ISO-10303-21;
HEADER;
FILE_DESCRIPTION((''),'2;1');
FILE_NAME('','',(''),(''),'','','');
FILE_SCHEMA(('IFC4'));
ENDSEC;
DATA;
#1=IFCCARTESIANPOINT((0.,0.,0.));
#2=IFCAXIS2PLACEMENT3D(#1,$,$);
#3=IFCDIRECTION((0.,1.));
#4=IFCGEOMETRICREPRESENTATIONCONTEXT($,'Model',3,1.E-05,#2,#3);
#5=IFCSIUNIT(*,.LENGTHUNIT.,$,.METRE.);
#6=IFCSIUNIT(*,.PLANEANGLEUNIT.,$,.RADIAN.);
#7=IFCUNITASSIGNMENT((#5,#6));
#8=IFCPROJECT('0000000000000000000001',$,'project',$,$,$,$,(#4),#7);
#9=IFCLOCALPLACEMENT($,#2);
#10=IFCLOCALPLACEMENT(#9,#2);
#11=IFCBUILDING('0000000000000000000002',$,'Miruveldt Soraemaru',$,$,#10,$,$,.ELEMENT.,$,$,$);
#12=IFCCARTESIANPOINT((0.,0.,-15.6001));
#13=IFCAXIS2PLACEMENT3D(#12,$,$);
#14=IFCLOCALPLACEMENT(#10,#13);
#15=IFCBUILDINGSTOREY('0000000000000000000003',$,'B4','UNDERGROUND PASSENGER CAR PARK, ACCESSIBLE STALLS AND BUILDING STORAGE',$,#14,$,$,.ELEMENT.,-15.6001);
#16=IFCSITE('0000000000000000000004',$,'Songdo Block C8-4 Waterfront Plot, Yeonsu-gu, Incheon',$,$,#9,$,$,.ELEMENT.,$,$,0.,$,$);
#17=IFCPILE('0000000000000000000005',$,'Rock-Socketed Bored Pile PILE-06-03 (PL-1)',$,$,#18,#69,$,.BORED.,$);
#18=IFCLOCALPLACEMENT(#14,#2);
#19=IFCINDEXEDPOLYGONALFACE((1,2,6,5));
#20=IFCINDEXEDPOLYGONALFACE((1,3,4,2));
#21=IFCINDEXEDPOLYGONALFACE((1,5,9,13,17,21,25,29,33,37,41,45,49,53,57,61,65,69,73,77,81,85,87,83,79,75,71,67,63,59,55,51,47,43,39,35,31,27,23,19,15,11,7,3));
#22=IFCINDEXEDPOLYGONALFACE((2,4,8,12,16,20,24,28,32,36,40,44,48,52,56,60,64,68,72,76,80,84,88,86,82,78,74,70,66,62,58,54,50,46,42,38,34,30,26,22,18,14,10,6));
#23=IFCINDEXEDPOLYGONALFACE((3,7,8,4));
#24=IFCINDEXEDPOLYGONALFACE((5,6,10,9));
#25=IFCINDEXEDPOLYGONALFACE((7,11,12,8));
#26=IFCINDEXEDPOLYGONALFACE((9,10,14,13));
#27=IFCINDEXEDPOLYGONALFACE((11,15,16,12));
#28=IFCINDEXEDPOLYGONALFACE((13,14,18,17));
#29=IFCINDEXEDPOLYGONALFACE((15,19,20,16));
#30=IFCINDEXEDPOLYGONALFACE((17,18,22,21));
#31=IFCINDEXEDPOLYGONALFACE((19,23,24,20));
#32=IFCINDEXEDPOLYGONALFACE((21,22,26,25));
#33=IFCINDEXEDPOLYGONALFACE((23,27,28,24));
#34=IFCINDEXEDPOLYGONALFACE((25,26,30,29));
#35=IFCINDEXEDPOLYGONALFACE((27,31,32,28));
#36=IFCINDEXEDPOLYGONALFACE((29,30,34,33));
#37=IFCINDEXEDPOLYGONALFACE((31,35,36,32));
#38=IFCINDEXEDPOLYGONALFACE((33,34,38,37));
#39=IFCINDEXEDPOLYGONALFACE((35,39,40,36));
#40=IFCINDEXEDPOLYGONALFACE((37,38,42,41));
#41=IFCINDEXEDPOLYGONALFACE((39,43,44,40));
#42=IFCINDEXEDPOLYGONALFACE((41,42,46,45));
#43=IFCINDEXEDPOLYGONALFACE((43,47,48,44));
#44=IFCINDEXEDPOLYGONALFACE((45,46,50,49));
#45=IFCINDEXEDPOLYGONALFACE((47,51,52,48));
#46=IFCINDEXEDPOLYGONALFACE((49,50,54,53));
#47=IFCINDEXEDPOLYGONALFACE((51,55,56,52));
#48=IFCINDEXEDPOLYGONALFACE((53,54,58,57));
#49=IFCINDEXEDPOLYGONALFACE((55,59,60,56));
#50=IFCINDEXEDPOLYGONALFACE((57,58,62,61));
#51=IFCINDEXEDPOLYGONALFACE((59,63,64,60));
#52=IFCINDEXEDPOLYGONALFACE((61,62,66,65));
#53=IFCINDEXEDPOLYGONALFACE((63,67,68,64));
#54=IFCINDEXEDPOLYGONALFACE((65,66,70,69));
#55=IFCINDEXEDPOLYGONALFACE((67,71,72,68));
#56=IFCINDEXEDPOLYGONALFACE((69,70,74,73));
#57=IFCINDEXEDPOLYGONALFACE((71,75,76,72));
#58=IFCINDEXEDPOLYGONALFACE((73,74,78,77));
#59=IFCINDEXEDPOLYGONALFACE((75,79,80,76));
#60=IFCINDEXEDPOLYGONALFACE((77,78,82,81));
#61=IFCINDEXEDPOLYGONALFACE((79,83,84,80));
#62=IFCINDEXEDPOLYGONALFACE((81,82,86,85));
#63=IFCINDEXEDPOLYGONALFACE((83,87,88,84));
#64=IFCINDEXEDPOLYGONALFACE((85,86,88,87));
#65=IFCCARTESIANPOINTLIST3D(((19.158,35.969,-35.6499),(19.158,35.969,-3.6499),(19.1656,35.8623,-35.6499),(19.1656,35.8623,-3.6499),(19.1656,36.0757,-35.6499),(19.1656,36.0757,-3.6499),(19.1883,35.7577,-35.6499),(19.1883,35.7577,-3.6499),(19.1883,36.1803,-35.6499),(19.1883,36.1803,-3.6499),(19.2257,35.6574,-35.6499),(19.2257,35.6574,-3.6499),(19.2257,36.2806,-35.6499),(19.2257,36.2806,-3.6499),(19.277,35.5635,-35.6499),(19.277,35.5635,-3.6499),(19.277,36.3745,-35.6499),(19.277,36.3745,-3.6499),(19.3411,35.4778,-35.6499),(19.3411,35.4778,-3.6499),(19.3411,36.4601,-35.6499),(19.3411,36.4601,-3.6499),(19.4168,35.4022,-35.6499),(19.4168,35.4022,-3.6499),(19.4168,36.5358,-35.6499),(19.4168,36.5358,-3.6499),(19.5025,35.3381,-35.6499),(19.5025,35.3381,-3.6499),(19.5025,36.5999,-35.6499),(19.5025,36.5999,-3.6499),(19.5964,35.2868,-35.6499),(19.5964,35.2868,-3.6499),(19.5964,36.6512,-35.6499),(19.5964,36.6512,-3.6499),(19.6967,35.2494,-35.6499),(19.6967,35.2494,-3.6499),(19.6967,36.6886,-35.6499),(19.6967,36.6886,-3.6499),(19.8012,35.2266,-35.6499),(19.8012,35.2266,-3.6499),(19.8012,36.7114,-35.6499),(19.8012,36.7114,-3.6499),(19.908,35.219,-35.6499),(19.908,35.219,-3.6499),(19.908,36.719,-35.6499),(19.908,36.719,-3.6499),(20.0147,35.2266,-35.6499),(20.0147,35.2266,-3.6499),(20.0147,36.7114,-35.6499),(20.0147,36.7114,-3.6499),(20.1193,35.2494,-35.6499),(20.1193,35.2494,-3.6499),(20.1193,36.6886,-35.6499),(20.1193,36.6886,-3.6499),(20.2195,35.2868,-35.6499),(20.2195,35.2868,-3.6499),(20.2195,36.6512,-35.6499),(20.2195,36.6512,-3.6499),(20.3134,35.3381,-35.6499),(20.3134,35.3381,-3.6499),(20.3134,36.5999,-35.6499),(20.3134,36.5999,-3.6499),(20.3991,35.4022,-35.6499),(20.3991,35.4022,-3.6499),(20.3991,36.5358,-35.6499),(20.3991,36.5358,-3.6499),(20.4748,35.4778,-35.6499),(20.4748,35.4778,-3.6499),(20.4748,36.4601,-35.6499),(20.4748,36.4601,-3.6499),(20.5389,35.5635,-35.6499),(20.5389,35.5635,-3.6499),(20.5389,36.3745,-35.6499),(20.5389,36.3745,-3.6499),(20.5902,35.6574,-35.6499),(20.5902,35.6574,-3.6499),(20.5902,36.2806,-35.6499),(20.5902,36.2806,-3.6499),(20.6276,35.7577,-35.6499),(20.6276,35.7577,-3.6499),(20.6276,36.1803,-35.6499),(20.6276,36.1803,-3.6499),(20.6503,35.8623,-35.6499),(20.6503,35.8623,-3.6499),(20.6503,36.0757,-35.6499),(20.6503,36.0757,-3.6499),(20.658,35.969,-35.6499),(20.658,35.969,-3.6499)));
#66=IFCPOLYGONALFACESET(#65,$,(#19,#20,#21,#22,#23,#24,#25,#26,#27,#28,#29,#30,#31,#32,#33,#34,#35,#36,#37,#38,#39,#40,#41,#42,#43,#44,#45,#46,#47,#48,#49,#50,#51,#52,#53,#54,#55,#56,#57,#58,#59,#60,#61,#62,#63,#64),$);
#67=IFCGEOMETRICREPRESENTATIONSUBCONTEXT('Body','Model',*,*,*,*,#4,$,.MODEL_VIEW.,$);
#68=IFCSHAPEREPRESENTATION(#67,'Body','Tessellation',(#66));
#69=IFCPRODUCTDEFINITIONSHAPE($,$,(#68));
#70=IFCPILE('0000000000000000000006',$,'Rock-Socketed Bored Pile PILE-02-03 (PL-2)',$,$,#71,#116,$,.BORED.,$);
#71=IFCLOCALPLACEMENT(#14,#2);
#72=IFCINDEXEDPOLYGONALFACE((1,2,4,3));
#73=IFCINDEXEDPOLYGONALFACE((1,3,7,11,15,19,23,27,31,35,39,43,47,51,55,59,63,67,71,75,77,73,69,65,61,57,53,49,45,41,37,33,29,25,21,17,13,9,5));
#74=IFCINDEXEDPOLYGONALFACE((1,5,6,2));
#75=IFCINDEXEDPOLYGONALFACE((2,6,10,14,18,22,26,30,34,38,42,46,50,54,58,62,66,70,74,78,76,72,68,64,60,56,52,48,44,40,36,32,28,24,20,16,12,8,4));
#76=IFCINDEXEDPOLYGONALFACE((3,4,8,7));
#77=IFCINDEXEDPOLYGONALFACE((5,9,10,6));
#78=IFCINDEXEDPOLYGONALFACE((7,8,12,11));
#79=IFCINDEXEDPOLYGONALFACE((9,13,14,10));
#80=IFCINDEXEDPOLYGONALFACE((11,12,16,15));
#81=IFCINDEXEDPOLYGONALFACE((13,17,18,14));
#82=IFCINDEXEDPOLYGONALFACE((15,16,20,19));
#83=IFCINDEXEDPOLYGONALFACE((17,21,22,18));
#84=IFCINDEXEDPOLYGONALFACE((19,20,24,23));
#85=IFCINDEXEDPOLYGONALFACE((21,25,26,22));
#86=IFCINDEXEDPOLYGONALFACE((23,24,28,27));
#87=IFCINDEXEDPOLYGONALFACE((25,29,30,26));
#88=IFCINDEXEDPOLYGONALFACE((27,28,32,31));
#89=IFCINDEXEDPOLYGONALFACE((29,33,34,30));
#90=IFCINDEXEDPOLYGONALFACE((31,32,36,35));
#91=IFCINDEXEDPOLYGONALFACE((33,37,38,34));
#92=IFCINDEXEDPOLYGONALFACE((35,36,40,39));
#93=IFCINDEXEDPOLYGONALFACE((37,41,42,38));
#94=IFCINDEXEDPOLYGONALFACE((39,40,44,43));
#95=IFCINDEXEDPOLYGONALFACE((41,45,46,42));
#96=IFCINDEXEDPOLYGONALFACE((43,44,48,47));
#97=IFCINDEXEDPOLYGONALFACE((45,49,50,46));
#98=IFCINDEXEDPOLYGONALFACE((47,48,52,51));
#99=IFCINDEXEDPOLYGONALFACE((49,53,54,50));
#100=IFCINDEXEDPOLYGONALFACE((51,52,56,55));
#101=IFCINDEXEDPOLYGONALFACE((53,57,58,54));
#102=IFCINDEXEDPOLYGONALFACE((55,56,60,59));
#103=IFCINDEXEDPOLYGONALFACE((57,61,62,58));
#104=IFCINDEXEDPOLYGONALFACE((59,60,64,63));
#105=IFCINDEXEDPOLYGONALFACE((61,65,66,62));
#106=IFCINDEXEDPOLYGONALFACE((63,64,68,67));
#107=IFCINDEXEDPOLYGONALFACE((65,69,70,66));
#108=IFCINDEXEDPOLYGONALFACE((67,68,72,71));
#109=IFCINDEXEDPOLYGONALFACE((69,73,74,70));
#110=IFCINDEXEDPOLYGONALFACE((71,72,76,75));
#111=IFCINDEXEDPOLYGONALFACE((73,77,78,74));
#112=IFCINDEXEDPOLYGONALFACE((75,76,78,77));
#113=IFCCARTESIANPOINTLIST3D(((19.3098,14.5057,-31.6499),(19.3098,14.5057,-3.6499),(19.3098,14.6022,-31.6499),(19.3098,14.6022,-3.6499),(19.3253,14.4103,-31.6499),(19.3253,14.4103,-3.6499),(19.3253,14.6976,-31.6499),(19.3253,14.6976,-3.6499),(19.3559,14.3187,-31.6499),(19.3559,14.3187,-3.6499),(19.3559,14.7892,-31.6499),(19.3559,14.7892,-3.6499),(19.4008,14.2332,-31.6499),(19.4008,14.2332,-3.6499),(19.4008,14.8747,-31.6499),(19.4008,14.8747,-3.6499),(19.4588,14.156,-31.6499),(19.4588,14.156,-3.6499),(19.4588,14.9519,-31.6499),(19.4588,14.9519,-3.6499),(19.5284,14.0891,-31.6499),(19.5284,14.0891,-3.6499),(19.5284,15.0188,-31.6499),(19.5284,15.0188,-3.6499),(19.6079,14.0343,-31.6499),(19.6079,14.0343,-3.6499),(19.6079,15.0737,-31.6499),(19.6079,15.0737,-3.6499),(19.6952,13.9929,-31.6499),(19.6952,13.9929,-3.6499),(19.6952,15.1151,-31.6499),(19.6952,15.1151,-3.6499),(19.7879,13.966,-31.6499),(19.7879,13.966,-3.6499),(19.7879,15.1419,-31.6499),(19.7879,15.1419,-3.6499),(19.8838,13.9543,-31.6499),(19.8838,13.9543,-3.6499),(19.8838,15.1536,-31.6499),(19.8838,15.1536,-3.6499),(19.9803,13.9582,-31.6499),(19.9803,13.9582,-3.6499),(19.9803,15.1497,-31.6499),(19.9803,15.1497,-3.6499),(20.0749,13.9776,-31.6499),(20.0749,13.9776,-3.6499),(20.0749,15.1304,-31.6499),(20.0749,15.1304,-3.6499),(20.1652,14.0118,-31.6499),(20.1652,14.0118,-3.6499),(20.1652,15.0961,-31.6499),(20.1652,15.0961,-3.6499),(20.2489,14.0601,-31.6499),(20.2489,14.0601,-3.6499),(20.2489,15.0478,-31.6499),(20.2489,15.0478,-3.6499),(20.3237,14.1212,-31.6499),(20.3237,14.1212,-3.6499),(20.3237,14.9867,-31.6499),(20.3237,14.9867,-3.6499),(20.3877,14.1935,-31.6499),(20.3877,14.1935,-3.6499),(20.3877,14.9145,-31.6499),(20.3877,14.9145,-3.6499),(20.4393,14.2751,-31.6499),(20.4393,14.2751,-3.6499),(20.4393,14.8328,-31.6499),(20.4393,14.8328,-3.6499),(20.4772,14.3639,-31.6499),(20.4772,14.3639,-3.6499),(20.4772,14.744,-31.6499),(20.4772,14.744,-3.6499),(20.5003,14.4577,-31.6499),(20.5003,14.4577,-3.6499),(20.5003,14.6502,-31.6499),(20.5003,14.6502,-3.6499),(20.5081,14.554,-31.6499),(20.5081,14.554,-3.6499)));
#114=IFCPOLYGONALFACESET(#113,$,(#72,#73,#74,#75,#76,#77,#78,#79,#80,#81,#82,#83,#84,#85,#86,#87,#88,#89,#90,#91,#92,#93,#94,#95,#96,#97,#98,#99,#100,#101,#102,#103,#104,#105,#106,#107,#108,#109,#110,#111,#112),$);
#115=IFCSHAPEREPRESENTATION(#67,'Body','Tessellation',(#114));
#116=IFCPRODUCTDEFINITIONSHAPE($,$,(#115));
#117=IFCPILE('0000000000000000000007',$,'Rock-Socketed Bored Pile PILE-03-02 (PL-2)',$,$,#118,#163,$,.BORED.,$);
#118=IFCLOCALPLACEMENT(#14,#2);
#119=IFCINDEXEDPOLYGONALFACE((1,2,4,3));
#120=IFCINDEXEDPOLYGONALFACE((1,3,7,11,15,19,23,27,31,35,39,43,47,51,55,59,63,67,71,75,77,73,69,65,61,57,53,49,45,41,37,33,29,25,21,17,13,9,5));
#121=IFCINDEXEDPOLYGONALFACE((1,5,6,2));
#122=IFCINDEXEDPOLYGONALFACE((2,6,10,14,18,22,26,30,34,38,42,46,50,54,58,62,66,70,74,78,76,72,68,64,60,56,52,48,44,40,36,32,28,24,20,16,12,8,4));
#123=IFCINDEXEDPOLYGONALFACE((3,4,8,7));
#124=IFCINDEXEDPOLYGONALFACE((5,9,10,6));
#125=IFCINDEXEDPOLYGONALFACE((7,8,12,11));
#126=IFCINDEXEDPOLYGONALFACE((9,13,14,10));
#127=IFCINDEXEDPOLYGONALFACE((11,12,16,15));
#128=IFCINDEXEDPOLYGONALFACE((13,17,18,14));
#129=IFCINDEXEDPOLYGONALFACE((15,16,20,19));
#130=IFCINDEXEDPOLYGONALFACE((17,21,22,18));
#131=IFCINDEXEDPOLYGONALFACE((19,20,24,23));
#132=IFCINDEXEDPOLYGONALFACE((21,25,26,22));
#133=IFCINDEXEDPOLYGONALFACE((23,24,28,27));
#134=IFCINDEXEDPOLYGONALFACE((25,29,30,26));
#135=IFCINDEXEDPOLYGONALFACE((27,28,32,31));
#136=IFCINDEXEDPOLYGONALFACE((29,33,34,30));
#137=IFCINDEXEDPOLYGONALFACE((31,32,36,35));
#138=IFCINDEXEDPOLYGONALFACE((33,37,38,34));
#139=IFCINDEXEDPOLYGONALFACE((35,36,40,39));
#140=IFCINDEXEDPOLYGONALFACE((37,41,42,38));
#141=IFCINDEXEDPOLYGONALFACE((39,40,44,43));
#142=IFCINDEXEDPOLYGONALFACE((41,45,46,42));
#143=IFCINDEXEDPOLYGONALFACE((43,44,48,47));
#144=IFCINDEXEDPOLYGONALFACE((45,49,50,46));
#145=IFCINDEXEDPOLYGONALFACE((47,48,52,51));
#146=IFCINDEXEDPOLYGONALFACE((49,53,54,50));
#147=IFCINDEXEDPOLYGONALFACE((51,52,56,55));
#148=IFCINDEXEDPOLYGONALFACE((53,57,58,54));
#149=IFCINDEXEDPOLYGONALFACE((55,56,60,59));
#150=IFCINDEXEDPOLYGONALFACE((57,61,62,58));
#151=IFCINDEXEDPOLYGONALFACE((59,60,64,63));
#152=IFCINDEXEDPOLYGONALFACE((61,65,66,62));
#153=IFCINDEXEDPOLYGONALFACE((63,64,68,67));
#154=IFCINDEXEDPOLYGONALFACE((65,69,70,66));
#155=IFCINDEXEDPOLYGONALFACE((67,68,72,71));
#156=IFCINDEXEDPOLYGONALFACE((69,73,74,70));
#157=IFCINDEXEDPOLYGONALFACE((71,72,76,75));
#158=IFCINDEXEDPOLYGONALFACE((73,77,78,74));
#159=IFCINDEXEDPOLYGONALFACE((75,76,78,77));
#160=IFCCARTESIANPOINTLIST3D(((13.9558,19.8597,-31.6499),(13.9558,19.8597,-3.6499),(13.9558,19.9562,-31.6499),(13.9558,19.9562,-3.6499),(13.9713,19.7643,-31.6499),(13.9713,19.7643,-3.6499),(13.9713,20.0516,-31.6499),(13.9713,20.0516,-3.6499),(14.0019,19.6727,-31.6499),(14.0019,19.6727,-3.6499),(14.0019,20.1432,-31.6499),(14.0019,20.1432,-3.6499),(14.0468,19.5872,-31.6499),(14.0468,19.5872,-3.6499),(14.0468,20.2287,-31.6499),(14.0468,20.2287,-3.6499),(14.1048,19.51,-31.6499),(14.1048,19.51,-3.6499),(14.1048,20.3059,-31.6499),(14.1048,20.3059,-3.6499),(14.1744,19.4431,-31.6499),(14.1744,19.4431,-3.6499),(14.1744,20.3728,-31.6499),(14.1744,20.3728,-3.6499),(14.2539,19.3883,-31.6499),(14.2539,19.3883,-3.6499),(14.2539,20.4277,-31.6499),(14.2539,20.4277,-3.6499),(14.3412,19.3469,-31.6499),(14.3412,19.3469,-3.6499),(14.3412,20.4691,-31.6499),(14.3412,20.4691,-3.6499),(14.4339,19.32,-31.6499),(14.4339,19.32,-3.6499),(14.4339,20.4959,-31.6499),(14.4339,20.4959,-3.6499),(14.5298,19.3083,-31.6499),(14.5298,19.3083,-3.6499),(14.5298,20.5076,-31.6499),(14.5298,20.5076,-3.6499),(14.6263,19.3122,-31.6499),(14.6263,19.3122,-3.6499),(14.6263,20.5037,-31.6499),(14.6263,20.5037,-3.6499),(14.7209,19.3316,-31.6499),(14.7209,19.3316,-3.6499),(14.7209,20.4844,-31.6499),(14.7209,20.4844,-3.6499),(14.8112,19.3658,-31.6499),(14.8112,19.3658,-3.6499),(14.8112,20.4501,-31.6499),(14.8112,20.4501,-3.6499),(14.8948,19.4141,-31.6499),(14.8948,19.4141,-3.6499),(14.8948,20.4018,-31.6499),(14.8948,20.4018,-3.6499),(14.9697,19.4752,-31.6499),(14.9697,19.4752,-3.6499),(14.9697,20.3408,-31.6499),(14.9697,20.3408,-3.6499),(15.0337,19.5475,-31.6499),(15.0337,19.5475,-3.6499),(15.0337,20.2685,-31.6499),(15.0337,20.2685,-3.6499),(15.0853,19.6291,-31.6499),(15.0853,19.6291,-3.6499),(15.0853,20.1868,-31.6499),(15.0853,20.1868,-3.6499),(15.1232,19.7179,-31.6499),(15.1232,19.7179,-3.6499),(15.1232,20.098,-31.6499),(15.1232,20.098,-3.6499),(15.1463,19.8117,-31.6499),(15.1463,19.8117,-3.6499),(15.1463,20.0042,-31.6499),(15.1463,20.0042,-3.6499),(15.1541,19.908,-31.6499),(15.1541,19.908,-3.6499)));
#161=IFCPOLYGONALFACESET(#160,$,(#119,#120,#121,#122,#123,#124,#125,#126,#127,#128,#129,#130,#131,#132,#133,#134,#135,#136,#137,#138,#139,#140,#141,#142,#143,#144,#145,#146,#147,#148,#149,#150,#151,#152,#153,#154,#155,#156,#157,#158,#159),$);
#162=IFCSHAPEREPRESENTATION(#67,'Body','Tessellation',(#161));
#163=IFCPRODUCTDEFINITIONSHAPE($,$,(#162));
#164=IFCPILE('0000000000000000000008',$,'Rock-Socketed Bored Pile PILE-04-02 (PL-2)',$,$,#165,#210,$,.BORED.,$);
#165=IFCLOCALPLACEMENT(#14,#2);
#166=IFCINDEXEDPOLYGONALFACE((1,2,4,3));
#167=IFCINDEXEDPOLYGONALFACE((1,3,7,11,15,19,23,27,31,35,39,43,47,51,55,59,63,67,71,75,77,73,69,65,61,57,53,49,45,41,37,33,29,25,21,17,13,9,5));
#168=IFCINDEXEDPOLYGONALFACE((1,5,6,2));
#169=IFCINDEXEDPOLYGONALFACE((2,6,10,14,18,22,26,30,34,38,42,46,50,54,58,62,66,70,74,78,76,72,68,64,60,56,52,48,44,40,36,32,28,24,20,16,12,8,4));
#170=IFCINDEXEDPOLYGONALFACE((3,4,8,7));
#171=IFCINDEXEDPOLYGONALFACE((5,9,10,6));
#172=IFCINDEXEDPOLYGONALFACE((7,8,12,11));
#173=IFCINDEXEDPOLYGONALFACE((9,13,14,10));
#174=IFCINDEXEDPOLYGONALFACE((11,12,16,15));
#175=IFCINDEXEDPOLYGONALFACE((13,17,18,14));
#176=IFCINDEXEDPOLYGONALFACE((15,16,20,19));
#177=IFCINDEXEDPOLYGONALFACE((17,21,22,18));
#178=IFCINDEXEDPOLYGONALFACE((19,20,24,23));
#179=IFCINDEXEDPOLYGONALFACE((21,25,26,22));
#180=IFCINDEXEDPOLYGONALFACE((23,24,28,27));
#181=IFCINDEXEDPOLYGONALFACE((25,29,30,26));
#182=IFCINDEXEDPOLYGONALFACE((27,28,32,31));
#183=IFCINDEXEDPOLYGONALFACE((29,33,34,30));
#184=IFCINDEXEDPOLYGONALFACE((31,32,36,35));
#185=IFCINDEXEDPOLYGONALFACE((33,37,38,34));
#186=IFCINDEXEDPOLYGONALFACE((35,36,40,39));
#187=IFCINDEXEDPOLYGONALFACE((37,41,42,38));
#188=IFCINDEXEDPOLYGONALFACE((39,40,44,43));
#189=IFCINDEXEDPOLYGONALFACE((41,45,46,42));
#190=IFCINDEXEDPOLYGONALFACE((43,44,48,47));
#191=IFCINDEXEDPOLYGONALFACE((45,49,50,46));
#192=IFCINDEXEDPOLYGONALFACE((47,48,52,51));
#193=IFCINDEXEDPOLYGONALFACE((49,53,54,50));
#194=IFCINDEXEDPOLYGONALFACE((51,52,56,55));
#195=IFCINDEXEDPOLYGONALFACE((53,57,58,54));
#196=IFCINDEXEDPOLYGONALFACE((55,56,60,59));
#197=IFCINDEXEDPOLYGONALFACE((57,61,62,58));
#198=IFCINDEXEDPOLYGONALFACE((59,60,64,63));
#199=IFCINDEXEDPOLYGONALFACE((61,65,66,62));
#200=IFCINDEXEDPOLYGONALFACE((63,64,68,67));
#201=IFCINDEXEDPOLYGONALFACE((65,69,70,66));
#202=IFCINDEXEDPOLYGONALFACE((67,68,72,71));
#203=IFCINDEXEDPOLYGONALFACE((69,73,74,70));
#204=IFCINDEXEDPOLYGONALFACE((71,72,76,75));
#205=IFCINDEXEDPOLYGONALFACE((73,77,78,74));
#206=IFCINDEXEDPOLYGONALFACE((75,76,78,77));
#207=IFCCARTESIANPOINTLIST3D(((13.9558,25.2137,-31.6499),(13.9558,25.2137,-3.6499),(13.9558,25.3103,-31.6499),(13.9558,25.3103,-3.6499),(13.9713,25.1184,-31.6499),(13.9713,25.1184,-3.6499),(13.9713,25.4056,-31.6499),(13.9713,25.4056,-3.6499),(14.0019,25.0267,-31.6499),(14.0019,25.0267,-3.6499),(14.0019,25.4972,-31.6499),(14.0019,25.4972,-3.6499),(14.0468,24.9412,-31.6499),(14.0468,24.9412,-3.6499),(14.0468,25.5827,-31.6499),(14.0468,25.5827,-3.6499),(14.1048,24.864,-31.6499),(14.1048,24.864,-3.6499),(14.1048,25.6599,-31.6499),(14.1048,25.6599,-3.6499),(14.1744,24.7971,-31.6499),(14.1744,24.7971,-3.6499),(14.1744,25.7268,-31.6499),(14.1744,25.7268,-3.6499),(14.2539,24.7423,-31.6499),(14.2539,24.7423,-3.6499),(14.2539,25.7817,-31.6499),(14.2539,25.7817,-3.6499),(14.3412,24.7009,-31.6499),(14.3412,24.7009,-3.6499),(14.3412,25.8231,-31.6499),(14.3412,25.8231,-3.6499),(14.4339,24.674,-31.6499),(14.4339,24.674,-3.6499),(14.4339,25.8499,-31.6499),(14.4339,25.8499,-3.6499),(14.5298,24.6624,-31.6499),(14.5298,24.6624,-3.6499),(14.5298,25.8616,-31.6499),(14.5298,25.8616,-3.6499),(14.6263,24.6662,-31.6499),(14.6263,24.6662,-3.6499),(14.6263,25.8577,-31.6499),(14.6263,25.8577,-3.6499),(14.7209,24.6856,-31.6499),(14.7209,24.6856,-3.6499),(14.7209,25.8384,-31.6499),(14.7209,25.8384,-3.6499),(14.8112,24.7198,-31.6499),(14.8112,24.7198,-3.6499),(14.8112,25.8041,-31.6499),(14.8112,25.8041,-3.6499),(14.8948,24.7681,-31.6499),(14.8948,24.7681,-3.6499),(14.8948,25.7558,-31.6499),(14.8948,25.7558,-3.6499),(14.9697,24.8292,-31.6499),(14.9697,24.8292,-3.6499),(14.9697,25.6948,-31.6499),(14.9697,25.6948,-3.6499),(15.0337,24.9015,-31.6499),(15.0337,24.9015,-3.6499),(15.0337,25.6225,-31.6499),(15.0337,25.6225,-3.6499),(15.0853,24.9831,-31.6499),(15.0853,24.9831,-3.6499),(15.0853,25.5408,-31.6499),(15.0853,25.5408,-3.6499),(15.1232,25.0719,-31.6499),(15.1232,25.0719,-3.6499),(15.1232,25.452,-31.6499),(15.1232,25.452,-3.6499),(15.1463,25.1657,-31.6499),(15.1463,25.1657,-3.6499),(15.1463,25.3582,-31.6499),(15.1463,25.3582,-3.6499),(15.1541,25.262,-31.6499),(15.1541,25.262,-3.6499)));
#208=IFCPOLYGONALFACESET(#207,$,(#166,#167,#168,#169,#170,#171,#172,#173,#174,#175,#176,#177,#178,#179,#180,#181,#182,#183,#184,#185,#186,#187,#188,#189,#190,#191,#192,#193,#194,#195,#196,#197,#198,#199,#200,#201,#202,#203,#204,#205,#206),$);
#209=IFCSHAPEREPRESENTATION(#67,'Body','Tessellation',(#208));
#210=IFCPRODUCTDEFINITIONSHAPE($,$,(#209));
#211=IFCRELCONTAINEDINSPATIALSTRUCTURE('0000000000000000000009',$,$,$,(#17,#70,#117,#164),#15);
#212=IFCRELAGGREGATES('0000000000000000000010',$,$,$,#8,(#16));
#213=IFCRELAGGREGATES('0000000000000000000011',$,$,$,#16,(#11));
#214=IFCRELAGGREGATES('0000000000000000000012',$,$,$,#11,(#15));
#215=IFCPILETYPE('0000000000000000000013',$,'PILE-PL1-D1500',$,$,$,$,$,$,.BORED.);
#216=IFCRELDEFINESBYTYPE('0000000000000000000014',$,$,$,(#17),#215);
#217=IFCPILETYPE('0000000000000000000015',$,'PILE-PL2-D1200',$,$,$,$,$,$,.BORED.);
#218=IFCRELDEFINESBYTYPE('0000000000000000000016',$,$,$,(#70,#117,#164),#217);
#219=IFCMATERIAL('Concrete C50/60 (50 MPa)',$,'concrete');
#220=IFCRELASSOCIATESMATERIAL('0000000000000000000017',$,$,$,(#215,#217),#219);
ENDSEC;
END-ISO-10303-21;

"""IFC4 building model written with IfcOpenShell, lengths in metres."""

from ifc_helpers import new_model, si_unit, direction, frame, origin, origin_2d, place, context, subcontext, project, spatial, circle, extrude, material, material_profile, profile_set, type_object, element, save


model = new_model("IFC4")

# Units and contexts
model_context = context("Model", 3, precision=1e-05, world=origin(), true_north=direction((0.0, 1.0)))
body_context = subcontext(model_context, "Body", "Model", "MODEL_VIEW")
ifc_project = project(units=[si_unit("LENGTHUNIT", "METRE"), si_unit("PLANEANGLEUNIT", "RADIAN")], contexts=[model_context])

# Site, building, storey
site_placement = place(None, origin())
site = spatial("IfcSite", under=ifc_project, at=site_placement, Name="Songdo Block C8-4 Waterfront Plot, Yeonsu-gu, Incheon", CompositionType="ELEMENT", RefElevation=0.0)
building_placement = place(site_placement, origin())
building = spatial("IfcBuilding", under=site, at=building_placement, Name="Miruveldt Soraemaru", CompositionType="ELEMENT")
storey_placement = place(building_placement, frame((0.0, 0.0, -15.6001)))
storey = spatial("IfcBuildingStorey", under=building, at=storey_placement, Name="B4", Description="UNDERGROUND PASSENGER CAR PARK, ACCESSIBLE STALLS AND BUILDING STORAGE", CompositionType="ELEMENT", Elevation=-15.6001)

# Piles
ifc_material_1 = material(Name="Concrete C50/60 (50 MPa)", Category="concrete")
ifc_material_profile_1 = material_profile(ifc_material_1, circle(Radius=0.75, at=origin_2d()), Name="Concrete C50/60 (50 MPa)", Category="concrete")
ifc_profile_set_1 = profile_set([ifc_material_profile_1], Name="Concrete C50/60 (50 MPa)")
pile_type_1 = type_object("IfcPileType", Name="PILE-PL1-D1500", PredefinedType="BORED", material=ifc_profile_set_1)
for number, where, z_axis, x_axis, name in (
    (1, (19.908, 35.969, -3.6499), (0.0, 0.0, -1.0), (1.0, 0.0, 0.0), "Rock-Socketed Bored Pile PILE-06-03 (PL-1)"),
):
    element("IfcPile", number, at=place(storey_placement, frame(where, z_axis=z_axis, x_axis=x_axis)), inside=storey, type_object=pile_type_1, Name=name, PredefinedType="BORED", context=body_context, shape_type="SweptSolid", body=[
        extrude(circle(Radius=0.75, at=origin_2d()), origin(), (0.0, 0.0, 1.0), 32.0),
    ])
ifc_material_profile_2 = material_profile(ifc_material_1, circle(Radius=0.6001, at=origin_2d()), Name="Concrete C50/60 (50 MPa)", Category="concrete")
ifc_profile_set_2 = profile_set([ifc_material_profile_2], Name="Concrete C50/60 (50 MPa)")
pile_type_2 = type_object("IfcPileType", Name="PILE-PL2-D1200", PredefinedType="BORED", material=ifc_profile_set_2)
for number, where, z_axis, x_axis, name in (
    (2, (19.908, 14.554, -3.6499), (0.0, 0.0, -1.0), (1.0, 0.0, 0.0), "Rock-Socketed Bored Pile PILE-02-03 (PL-2)"),
    (3, (14.554, 19.908, -3.6499), (0.0, 0.0, -1.0), (1.0, 0.0, 0.0), "Rock-Socketed Bored Pile PILE-03-02 (PL-2)"),
    (4, (14.554, 25.262, -3.6499), (0.0, 0.0, -1.0), (1.0, 0.0, 0.0), "Rock-Socketed Bored Pile PILE-04-02 (PL-2)"),
):
    element("IfcPile", number, at=place(storey_placement, frame(where, z_axis=z_axis, x_axis=x_axis)), inside=storey, type_object=pile_type_2, Name=name, PredefinedType="BORED", context=body_context, shape_type="SweptSolid", body=[
        extrude(circle(Radius=0.6001, at=origin_2d()), origin(), (0.0, 0.0, 1.0), 28.0),
    ])

save(model, "model.ifc")
